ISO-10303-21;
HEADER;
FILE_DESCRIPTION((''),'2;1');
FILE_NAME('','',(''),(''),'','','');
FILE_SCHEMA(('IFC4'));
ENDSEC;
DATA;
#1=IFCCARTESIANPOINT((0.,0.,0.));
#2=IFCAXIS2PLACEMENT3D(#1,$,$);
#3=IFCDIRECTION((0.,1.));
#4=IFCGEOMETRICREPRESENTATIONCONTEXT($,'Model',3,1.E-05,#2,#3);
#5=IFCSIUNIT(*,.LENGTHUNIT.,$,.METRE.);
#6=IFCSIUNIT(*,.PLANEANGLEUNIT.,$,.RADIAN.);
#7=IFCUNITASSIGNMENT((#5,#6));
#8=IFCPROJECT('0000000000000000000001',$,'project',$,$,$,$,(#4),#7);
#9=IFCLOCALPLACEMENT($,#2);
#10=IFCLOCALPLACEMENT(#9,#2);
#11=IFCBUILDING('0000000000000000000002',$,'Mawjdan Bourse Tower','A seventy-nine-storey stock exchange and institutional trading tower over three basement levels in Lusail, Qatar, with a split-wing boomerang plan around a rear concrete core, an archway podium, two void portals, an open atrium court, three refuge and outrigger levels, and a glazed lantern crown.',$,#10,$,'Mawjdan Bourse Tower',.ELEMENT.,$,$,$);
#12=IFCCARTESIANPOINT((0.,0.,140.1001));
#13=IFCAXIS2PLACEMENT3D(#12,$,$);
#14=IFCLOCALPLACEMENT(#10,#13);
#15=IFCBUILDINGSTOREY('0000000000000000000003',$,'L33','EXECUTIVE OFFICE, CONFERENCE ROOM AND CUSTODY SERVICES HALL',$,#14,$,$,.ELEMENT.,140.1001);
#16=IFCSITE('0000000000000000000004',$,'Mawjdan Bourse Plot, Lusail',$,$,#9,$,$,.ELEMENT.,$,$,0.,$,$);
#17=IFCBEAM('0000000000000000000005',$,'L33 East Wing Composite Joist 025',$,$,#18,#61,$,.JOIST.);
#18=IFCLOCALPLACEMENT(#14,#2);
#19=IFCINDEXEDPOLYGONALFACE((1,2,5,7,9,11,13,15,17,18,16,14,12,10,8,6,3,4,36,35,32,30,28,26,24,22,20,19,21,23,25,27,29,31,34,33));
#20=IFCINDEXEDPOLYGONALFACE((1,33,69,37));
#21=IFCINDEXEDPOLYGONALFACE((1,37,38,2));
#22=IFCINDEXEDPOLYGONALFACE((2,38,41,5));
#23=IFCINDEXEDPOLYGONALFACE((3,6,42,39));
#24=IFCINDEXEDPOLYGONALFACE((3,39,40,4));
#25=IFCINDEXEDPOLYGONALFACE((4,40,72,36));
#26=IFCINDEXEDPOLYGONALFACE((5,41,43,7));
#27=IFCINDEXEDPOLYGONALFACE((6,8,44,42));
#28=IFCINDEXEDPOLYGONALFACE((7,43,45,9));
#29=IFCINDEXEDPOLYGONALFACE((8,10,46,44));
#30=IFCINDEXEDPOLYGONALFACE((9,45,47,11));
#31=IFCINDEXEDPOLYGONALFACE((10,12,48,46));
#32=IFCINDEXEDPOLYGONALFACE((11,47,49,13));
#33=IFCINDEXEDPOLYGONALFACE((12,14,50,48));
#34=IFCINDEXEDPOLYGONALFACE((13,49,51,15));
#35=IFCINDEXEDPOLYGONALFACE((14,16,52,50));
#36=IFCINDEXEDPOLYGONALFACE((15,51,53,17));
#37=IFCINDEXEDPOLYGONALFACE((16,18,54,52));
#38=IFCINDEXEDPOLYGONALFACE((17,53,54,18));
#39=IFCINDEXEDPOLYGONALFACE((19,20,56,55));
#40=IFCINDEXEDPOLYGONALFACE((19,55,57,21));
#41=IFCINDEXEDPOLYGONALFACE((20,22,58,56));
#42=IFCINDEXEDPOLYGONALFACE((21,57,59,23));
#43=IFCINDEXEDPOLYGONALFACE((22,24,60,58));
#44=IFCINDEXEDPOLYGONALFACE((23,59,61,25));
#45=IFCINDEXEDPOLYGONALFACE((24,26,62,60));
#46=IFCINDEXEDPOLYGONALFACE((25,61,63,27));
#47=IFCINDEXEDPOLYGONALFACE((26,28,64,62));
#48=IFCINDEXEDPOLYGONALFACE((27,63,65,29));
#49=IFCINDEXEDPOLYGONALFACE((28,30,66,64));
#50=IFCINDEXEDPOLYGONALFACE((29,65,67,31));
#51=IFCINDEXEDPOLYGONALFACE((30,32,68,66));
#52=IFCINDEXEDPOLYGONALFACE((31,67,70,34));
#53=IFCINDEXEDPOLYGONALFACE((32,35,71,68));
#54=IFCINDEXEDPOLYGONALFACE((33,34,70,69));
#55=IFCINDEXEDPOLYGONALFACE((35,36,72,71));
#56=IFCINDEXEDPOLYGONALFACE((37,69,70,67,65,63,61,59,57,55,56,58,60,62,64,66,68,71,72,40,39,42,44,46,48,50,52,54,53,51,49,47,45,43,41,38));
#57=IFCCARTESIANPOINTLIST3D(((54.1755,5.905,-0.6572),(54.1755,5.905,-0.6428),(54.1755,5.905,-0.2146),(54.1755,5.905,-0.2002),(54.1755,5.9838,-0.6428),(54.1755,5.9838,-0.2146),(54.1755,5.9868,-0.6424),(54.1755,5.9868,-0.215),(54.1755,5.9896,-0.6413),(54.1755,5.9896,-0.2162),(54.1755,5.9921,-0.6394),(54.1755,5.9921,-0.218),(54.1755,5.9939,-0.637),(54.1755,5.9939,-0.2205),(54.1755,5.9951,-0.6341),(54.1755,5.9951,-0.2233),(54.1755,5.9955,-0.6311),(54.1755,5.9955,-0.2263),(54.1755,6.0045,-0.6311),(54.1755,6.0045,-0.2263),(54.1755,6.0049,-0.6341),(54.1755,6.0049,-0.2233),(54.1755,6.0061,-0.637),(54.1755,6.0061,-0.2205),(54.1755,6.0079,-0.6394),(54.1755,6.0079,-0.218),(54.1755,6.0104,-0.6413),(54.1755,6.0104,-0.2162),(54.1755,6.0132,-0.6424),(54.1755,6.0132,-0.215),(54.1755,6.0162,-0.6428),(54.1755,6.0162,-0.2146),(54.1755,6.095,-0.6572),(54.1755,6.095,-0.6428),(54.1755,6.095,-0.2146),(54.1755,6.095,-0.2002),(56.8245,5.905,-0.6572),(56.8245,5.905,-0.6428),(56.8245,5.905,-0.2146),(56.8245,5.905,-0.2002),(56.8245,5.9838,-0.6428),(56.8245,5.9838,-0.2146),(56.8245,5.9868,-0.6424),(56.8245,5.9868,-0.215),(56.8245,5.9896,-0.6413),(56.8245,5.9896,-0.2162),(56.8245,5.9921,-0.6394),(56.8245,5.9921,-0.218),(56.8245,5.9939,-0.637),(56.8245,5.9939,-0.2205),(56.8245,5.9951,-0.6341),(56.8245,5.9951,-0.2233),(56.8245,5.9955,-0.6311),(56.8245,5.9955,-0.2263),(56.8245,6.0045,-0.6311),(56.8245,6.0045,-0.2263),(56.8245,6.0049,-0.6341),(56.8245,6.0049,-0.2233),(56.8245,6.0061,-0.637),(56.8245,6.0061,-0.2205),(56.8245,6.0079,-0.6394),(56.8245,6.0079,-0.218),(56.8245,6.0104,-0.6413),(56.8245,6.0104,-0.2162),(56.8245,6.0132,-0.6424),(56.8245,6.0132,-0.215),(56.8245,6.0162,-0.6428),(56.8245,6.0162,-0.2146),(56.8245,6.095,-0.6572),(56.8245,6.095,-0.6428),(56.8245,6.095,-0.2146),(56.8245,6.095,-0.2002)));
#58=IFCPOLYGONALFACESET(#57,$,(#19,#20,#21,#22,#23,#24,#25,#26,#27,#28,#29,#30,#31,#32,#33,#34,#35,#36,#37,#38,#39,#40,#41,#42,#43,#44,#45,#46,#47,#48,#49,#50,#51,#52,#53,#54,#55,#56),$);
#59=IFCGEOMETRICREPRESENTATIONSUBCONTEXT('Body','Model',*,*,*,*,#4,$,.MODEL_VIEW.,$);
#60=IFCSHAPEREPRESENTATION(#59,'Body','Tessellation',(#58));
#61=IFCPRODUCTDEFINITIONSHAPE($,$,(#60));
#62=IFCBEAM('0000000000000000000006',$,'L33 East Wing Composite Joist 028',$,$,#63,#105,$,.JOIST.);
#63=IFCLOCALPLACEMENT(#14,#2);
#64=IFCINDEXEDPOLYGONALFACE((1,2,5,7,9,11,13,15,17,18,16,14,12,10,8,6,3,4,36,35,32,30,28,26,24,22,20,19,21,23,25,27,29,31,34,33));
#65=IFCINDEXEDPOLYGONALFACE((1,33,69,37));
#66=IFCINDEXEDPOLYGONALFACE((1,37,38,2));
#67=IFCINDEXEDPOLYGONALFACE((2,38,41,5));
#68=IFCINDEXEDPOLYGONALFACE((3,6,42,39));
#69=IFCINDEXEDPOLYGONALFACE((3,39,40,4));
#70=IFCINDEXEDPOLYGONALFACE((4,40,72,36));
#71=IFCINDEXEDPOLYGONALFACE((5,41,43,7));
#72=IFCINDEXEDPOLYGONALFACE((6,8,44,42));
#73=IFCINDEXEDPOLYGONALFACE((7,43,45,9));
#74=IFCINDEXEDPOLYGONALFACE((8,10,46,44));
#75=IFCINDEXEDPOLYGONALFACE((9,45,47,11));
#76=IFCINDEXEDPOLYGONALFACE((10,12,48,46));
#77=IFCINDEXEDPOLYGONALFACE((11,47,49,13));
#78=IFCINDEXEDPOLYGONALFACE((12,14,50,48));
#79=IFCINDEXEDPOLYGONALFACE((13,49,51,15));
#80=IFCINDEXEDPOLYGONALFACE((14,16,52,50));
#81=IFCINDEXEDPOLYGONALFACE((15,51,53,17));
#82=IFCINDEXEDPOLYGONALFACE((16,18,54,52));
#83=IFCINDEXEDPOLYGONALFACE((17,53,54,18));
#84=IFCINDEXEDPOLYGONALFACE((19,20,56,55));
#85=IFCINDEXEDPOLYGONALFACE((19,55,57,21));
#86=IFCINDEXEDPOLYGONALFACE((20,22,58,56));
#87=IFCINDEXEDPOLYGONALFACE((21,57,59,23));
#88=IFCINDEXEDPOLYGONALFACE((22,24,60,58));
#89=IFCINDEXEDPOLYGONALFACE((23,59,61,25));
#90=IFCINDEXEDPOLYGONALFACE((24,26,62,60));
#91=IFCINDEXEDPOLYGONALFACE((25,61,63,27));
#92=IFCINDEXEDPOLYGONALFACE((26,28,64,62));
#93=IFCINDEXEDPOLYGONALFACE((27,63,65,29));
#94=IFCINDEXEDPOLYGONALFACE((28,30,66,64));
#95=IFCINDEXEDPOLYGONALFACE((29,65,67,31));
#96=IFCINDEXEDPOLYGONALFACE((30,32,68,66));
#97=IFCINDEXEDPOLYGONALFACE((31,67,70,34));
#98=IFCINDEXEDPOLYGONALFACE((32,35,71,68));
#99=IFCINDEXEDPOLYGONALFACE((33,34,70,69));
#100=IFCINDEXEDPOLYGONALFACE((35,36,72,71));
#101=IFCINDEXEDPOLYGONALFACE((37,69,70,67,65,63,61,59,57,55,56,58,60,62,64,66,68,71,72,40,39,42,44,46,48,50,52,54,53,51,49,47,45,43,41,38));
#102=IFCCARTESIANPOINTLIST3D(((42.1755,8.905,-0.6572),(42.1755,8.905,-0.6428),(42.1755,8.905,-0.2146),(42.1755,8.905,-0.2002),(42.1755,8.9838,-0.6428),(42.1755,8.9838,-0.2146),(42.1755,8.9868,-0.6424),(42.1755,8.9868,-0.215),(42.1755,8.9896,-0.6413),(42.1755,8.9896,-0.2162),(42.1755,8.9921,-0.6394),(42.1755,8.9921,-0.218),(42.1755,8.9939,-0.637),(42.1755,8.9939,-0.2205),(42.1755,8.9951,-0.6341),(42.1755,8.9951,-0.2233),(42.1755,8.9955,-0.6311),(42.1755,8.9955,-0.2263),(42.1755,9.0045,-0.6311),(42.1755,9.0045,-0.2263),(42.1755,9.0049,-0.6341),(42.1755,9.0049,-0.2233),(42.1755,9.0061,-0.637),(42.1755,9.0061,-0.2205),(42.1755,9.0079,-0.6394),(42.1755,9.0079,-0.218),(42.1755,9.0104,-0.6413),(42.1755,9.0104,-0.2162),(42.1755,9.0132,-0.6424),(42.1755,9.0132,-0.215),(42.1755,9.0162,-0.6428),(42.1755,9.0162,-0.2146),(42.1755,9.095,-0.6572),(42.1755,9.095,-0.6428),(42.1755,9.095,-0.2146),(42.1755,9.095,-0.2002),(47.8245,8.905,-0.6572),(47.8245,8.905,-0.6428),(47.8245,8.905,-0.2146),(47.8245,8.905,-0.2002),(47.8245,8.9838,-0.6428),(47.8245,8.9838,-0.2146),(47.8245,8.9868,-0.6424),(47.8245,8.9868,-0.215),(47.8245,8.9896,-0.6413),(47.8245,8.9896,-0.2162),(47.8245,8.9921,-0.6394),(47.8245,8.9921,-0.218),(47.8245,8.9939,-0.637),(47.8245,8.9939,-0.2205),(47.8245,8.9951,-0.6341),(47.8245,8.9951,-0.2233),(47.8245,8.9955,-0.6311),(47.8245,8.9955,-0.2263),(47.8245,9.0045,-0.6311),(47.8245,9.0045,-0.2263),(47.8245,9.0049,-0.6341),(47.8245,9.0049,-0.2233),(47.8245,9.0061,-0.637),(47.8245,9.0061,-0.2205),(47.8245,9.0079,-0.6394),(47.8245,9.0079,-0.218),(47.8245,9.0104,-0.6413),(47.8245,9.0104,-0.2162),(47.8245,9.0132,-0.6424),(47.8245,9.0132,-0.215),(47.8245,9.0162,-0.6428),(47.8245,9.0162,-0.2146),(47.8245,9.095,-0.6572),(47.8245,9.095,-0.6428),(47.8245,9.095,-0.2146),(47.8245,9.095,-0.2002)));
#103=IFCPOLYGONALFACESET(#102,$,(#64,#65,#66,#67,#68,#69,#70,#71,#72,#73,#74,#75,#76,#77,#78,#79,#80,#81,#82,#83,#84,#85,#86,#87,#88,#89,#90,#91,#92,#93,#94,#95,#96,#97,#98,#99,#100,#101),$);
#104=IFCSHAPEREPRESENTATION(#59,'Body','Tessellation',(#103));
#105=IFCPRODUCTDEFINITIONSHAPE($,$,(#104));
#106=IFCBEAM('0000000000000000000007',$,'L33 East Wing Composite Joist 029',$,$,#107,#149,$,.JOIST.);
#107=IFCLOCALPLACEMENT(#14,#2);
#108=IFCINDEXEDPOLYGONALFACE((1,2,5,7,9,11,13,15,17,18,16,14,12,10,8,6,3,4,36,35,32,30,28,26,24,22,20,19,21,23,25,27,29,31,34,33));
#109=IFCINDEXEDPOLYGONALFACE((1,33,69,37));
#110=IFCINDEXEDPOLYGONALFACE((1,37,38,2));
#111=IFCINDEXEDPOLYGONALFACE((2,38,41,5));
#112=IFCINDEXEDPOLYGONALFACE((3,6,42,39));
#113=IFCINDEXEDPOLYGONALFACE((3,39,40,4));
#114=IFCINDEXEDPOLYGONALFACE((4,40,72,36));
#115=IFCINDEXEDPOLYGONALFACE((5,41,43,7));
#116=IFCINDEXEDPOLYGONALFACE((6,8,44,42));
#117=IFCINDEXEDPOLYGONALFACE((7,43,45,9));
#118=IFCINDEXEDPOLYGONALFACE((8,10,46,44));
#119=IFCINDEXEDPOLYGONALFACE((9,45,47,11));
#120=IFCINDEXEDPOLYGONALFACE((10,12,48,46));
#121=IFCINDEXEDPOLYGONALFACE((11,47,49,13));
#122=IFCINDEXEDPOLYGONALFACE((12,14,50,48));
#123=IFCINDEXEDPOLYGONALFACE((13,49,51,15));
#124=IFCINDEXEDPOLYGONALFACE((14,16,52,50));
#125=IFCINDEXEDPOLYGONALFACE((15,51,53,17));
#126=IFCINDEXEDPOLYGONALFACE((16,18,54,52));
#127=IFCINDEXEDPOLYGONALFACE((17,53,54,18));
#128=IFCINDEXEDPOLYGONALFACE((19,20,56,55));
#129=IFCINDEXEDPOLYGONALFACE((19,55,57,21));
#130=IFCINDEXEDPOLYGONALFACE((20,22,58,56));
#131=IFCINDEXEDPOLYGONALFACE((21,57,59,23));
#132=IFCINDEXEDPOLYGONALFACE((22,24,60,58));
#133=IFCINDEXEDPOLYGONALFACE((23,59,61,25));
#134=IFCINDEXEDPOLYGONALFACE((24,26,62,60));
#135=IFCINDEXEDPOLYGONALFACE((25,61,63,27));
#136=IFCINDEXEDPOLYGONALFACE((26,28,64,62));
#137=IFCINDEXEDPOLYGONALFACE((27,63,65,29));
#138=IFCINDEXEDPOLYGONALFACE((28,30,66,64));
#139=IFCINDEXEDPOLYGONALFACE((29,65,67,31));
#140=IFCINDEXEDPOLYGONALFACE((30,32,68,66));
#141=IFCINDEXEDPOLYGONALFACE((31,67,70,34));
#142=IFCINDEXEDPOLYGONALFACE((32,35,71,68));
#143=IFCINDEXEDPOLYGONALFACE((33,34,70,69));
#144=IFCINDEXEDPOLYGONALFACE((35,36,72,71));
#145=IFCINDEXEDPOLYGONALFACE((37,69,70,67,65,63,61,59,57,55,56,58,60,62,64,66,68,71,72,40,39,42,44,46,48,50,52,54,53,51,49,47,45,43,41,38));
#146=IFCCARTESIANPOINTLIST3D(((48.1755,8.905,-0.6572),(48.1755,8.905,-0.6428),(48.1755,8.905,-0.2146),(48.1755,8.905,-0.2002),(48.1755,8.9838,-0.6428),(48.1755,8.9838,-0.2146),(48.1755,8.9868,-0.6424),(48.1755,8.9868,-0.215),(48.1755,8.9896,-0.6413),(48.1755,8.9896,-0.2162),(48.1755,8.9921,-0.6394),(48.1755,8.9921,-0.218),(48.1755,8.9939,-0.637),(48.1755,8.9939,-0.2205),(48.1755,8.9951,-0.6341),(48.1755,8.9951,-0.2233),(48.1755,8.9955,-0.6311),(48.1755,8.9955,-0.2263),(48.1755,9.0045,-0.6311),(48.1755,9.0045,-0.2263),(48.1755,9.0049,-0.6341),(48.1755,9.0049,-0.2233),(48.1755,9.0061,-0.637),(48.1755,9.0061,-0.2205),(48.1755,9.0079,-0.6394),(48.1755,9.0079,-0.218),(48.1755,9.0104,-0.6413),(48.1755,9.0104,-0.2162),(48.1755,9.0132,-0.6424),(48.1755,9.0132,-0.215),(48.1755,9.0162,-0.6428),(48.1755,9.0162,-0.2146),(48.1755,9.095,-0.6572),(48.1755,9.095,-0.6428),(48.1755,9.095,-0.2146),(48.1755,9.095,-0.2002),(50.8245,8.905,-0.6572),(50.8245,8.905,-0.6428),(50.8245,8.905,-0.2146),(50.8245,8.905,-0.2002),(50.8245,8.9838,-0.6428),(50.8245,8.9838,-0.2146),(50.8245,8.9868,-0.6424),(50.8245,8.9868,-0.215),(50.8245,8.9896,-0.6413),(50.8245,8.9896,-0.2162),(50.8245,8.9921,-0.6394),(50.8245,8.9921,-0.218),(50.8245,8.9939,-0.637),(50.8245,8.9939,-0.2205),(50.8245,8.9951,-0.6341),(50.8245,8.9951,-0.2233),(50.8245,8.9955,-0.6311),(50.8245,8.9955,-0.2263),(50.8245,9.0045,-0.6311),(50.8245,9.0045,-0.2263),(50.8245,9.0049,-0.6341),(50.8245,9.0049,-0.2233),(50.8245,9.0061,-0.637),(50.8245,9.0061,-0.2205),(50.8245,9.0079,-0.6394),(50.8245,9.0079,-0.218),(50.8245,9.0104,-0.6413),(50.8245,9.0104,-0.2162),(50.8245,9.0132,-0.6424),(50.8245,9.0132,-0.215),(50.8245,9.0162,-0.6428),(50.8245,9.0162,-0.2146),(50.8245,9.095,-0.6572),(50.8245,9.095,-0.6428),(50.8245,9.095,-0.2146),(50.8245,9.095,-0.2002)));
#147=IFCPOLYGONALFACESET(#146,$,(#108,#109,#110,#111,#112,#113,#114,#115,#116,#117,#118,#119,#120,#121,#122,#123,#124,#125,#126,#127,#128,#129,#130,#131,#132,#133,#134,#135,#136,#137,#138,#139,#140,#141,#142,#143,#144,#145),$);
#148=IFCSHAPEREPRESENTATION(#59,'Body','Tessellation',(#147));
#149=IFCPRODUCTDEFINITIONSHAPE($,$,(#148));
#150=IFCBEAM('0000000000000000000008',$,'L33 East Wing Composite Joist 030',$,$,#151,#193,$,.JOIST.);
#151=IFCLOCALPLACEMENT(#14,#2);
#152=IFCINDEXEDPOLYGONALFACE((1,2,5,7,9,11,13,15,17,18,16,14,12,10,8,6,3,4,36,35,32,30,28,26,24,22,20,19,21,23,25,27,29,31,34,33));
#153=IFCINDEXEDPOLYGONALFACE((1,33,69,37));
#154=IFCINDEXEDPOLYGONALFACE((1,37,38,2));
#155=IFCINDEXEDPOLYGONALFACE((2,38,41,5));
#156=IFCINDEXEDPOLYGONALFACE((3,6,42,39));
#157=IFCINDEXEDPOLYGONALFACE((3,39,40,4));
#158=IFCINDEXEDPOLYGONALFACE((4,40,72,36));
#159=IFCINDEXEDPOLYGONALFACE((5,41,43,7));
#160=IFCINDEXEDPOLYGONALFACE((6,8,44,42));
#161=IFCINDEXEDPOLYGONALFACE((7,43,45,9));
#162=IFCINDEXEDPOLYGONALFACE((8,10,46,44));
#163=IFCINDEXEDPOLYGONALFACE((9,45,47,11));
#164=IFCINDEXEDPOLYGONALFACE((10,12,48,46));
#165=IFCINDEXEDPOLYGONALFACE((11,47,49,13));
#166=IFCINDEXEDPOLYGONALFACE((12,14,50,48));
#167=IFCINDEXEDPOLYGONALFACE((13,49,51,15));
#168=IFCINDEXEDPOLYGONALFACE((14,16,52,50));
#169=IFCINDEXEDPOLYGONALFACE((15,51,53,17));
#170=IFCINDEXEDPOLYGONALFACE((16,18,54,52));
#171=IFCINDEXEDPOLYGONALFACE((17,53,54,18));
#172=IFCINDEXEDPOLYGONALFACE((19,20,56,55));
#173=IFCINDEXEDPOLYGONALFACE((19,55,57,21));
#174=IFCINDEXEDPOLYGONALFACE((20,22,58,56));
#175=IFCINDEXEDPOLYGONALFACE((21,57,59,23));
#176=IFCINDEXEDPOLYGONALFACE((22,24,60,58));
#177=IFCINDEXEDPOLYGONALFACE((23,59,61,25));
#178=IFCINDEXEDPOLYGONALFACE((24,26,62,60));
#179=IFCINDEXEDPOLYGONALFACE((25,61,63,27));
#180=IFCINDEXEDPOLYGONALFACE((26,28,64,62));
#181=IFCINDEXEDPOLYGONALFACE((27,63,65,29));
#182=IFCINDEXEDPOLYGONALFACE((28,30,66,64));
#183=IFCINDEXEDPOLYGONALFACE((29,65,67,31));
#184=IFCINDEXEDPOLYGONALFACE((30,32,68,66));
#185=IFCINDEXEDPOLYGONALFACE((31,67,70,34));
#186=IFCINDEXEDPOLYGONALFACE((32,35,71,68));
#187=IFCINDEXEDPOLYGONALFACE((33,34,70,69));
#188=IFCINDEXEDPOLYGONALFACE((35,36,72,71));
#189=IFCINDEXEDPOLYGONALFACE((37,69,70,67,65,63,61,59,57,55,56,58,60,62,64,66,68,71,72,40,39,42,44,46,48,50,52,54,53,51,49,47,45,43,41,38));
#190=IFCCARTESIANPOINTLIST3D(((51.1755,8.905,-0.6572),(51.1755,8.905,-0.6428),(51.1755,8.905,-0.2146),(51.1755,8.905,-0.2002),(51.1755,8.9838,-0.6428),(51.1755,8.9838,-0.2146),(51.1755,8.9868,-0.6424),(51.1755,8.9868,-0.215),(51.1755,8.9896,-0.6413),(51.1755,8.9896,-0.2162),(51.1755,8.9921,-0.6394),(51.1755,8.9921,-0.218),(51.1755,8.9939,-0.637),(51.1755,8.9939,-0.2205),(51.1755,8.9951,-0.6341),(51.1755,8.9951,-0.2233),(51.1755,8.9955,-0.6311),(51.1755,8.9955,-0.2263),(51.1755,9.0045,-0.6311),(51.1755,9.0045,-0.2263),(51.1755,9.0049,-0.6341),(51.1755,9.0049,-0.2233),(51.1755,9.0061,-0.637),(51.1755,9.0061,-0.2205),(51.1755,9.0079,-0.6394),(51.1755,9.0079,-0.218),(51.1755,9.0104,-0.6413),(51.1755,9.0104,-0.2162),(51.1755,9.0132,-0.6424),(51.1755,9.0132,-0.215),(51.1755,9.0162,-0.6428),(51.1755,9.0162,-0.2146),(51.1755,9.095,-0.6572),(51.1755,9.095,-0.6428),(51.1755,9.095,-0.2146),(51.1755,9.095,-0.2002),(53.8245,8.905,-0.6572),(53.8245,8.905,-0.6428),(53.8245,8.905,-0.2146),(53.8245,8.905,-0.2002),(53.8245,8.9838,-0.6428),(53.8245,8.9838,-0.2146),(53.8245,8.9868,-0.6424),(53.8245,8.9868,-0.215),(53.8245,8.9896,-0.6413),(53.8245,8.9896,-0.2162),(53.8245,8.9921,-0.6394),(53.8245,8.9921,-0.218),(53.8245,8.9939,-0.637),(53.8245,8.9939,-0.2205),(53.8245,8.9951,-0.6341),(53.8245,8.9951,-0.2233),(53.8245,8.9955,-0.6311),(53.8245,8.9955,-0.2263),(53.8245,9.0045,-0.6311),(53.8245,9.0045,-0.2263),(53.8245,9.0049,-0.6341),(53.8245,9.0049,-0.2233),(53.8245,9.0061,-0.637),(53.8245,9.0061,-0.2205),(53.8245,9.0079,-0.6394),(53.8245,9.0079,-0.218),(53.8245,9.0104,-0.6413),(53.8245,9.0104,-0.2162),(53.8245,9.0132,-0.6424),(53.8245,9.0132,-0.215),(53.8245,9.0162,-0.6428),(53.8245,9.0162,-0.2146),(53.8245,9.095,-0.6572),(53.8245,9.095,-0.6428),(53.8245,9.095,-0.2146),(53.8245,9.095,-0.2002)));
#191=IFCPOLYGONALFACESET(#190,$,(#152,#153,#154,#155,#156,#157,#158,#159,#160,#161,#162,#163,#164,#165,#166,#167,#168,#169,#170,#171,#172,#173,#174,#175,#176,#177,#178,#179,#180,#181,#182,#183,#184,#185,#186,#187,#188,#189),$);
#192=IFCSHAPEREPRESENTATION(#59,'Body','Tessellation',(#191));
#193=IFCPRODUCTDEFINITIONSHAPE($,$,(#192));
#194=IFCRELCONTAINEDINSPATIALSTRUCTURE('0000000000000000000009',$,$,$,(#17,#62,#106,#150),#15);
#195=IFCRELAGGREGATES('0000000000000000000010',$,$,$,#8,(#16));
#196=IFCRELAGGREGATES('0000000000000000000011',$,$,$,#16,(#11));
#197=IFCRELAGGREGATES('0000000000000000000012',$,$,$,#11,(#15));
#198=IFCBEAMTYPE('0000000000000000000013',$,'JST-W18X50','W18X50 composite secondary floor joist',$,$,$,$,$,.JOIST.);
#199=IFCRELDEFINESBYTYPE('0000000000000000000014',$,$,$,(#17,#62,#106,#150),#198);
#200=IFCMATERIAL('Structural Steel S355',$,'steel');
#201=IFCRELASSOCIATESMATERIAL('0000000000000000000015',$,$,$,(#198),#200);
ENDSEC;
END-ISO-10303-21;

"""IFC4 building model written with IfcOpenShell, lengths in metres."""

from ifc_helpers import new_model, si_unit, direction, frame, origin, origin_2d, place, context, subcontext, project, spatial, i_section, extrude, material, material_profile, profile_set, type_object, element, save


model = new_model("IFC4")

# Units and contexts
model_context = context("Model", 3, precision=1e-05, world=origin(), true_north=direction((0.0, 1.0)))
body_context = subcontext(model_context, "Body", "Model", "MODEL_VIEW")
ifc_project = project(units=[si_unit("LENGTHUNIT", "METRE"), si_unit("PLANEANGLEUNIT", "RADIAN")], contexts=[model_context])

# Site, building, storey
site_placement = place(None, origin())
site = spatial("IfcSite", under=ifc_project, at=site_placement, Name="Mawjdan Bourse Plot, Lusail", CompositionType="ELEMENT", RefElevation=0.0)
building_placement = place(site_placement, origin())
building = spatial("IfcBuilding", under=site, at=building_placement, Name="Mawjdan Bourse Tower", Description="A seventy-nine-storey stock exchange and institutional trading tower over three basement levels in Lusail, Qatar, with a split-wing boomerang plan around a rear concrete core, an archway podium, two void portals, an open atrium court, three refuge and outrigger levels, and a glazed lantern crown.", LongName="Mawjdan Bourse Tower", CompositionType="ELEMENT")
storey_placement = place(building_placement, frame((0.0, 0.0, 140.1001)))
storey = spatial("IfcBuildingStorey", under=building, at=storey_placement, Name="L33", Description="EXECUTIVE OFFICE, CONFERENCE ROOM AND CUSTODY SERVICES HALL", CompositionType="ELEMENT", Elevation=140.1001)

# Beams
ifc_material_1 = material(Name="Structural Steel S355", Category="steel")
ifc_material_profile_1 = material_profile(ifc_material_1, i_section(OverallWidth=0.1899, OverallDepth=0.457, WebThickness=0.009, FlangeThickness=0.0144, FilletRadius=0.0117, at=origin_2d()), Name="W18X50")
ifc_profile_set_1 = profile_set([ifc_material_profile_1], Name="Structural Steel S355")
beam_type_1 = type_object("IfcBeamType", Name="JST-W18X50", Description="W18X50 composite secondary floor joist", PredefinedType="JOIST", material=ifc_profile_set_1)
for number, where, z_axis, x_axis, name in (
    (1, (54.1755, 6.0, -0.4287), (1.0, 0.0, 0.0), (0.0, 1.0, 0.0), "L33 East Wing Composite Joist 025"),
):
    element("IfcBeam", number, at=place(storey_placement, frame(where, z_axis=z_axis, x_axis=x_axis)), inside=storey, type_object=beam_type_1, Name=name, PredefinedType="JOIST", context=body_context, shape_type="SweptSolid", body=[
        extrude(i_section(OverallWidth=0.1899, OverallDepth=0.457, WebThickness=0.009, FlangeThickness=0.0144, FilletRadius=0.0117, at=origin_2d()), origin(), (0.0, 0.0, 1.0), 2.6489),
    ])
beam_1_placement = place(storey_placement, frame((42.1755, 9.0, -0.4287), z_axis=(1.0, 0.0, 0.0), x_axis=(0.0, 1.0, 0.0)))
element("IfcBeam", 2, at=beam_1_placement, inside=storey, type_object=beam_type_1, Name="L33 East Wing Composite Joist 028", PredefinedType="JOIST", context=body_context, shape_type="SweptSolid", body=[
    extrude(i_section(OverallWidth=0.1899, OverallDepth=0.457, WebThickness=0.009, FlangeThickness=0.0144, FilletRadius=0.0117, at=origin_2d()), origin(), (0.0, 0.0, 1.0), 5.6489),
])
for number, where, z_axis, x_axis, name in (
    (3, (48.1755, 9.0, -0.4287), (1.0, 0.0, 0.0), (0.0, 1.0, 0.0), "L33 East Wing Composite Joist 029"),
    (4, (51.1755, 9.0, -0.4287), (1.0, 0.0, 0.0), (0.0, 1.0, 0.0), "L33 East Wing Composite Joist 030"),
):
    element("IfcBeam", number, at=place(storey_placement, frame(where, z_axis=z_axis, x_axis=x_axis)), inside=storey, type_object=beam_type_1, Name=name, PredefinedType="JOIST", context=body_context, shape_type="SweptSolid", body=[
        extrude(i_section(OverallWidth=0.1899, OverallDepth=0.457, WebThickness=0.009, FlangeThickness=0.0144, FilletRadius=0.0117, at=origin_2d()), origin(), (0.0, 0.0, 1.0), 2.6489),
    ])

save(model, "model.ifc")
